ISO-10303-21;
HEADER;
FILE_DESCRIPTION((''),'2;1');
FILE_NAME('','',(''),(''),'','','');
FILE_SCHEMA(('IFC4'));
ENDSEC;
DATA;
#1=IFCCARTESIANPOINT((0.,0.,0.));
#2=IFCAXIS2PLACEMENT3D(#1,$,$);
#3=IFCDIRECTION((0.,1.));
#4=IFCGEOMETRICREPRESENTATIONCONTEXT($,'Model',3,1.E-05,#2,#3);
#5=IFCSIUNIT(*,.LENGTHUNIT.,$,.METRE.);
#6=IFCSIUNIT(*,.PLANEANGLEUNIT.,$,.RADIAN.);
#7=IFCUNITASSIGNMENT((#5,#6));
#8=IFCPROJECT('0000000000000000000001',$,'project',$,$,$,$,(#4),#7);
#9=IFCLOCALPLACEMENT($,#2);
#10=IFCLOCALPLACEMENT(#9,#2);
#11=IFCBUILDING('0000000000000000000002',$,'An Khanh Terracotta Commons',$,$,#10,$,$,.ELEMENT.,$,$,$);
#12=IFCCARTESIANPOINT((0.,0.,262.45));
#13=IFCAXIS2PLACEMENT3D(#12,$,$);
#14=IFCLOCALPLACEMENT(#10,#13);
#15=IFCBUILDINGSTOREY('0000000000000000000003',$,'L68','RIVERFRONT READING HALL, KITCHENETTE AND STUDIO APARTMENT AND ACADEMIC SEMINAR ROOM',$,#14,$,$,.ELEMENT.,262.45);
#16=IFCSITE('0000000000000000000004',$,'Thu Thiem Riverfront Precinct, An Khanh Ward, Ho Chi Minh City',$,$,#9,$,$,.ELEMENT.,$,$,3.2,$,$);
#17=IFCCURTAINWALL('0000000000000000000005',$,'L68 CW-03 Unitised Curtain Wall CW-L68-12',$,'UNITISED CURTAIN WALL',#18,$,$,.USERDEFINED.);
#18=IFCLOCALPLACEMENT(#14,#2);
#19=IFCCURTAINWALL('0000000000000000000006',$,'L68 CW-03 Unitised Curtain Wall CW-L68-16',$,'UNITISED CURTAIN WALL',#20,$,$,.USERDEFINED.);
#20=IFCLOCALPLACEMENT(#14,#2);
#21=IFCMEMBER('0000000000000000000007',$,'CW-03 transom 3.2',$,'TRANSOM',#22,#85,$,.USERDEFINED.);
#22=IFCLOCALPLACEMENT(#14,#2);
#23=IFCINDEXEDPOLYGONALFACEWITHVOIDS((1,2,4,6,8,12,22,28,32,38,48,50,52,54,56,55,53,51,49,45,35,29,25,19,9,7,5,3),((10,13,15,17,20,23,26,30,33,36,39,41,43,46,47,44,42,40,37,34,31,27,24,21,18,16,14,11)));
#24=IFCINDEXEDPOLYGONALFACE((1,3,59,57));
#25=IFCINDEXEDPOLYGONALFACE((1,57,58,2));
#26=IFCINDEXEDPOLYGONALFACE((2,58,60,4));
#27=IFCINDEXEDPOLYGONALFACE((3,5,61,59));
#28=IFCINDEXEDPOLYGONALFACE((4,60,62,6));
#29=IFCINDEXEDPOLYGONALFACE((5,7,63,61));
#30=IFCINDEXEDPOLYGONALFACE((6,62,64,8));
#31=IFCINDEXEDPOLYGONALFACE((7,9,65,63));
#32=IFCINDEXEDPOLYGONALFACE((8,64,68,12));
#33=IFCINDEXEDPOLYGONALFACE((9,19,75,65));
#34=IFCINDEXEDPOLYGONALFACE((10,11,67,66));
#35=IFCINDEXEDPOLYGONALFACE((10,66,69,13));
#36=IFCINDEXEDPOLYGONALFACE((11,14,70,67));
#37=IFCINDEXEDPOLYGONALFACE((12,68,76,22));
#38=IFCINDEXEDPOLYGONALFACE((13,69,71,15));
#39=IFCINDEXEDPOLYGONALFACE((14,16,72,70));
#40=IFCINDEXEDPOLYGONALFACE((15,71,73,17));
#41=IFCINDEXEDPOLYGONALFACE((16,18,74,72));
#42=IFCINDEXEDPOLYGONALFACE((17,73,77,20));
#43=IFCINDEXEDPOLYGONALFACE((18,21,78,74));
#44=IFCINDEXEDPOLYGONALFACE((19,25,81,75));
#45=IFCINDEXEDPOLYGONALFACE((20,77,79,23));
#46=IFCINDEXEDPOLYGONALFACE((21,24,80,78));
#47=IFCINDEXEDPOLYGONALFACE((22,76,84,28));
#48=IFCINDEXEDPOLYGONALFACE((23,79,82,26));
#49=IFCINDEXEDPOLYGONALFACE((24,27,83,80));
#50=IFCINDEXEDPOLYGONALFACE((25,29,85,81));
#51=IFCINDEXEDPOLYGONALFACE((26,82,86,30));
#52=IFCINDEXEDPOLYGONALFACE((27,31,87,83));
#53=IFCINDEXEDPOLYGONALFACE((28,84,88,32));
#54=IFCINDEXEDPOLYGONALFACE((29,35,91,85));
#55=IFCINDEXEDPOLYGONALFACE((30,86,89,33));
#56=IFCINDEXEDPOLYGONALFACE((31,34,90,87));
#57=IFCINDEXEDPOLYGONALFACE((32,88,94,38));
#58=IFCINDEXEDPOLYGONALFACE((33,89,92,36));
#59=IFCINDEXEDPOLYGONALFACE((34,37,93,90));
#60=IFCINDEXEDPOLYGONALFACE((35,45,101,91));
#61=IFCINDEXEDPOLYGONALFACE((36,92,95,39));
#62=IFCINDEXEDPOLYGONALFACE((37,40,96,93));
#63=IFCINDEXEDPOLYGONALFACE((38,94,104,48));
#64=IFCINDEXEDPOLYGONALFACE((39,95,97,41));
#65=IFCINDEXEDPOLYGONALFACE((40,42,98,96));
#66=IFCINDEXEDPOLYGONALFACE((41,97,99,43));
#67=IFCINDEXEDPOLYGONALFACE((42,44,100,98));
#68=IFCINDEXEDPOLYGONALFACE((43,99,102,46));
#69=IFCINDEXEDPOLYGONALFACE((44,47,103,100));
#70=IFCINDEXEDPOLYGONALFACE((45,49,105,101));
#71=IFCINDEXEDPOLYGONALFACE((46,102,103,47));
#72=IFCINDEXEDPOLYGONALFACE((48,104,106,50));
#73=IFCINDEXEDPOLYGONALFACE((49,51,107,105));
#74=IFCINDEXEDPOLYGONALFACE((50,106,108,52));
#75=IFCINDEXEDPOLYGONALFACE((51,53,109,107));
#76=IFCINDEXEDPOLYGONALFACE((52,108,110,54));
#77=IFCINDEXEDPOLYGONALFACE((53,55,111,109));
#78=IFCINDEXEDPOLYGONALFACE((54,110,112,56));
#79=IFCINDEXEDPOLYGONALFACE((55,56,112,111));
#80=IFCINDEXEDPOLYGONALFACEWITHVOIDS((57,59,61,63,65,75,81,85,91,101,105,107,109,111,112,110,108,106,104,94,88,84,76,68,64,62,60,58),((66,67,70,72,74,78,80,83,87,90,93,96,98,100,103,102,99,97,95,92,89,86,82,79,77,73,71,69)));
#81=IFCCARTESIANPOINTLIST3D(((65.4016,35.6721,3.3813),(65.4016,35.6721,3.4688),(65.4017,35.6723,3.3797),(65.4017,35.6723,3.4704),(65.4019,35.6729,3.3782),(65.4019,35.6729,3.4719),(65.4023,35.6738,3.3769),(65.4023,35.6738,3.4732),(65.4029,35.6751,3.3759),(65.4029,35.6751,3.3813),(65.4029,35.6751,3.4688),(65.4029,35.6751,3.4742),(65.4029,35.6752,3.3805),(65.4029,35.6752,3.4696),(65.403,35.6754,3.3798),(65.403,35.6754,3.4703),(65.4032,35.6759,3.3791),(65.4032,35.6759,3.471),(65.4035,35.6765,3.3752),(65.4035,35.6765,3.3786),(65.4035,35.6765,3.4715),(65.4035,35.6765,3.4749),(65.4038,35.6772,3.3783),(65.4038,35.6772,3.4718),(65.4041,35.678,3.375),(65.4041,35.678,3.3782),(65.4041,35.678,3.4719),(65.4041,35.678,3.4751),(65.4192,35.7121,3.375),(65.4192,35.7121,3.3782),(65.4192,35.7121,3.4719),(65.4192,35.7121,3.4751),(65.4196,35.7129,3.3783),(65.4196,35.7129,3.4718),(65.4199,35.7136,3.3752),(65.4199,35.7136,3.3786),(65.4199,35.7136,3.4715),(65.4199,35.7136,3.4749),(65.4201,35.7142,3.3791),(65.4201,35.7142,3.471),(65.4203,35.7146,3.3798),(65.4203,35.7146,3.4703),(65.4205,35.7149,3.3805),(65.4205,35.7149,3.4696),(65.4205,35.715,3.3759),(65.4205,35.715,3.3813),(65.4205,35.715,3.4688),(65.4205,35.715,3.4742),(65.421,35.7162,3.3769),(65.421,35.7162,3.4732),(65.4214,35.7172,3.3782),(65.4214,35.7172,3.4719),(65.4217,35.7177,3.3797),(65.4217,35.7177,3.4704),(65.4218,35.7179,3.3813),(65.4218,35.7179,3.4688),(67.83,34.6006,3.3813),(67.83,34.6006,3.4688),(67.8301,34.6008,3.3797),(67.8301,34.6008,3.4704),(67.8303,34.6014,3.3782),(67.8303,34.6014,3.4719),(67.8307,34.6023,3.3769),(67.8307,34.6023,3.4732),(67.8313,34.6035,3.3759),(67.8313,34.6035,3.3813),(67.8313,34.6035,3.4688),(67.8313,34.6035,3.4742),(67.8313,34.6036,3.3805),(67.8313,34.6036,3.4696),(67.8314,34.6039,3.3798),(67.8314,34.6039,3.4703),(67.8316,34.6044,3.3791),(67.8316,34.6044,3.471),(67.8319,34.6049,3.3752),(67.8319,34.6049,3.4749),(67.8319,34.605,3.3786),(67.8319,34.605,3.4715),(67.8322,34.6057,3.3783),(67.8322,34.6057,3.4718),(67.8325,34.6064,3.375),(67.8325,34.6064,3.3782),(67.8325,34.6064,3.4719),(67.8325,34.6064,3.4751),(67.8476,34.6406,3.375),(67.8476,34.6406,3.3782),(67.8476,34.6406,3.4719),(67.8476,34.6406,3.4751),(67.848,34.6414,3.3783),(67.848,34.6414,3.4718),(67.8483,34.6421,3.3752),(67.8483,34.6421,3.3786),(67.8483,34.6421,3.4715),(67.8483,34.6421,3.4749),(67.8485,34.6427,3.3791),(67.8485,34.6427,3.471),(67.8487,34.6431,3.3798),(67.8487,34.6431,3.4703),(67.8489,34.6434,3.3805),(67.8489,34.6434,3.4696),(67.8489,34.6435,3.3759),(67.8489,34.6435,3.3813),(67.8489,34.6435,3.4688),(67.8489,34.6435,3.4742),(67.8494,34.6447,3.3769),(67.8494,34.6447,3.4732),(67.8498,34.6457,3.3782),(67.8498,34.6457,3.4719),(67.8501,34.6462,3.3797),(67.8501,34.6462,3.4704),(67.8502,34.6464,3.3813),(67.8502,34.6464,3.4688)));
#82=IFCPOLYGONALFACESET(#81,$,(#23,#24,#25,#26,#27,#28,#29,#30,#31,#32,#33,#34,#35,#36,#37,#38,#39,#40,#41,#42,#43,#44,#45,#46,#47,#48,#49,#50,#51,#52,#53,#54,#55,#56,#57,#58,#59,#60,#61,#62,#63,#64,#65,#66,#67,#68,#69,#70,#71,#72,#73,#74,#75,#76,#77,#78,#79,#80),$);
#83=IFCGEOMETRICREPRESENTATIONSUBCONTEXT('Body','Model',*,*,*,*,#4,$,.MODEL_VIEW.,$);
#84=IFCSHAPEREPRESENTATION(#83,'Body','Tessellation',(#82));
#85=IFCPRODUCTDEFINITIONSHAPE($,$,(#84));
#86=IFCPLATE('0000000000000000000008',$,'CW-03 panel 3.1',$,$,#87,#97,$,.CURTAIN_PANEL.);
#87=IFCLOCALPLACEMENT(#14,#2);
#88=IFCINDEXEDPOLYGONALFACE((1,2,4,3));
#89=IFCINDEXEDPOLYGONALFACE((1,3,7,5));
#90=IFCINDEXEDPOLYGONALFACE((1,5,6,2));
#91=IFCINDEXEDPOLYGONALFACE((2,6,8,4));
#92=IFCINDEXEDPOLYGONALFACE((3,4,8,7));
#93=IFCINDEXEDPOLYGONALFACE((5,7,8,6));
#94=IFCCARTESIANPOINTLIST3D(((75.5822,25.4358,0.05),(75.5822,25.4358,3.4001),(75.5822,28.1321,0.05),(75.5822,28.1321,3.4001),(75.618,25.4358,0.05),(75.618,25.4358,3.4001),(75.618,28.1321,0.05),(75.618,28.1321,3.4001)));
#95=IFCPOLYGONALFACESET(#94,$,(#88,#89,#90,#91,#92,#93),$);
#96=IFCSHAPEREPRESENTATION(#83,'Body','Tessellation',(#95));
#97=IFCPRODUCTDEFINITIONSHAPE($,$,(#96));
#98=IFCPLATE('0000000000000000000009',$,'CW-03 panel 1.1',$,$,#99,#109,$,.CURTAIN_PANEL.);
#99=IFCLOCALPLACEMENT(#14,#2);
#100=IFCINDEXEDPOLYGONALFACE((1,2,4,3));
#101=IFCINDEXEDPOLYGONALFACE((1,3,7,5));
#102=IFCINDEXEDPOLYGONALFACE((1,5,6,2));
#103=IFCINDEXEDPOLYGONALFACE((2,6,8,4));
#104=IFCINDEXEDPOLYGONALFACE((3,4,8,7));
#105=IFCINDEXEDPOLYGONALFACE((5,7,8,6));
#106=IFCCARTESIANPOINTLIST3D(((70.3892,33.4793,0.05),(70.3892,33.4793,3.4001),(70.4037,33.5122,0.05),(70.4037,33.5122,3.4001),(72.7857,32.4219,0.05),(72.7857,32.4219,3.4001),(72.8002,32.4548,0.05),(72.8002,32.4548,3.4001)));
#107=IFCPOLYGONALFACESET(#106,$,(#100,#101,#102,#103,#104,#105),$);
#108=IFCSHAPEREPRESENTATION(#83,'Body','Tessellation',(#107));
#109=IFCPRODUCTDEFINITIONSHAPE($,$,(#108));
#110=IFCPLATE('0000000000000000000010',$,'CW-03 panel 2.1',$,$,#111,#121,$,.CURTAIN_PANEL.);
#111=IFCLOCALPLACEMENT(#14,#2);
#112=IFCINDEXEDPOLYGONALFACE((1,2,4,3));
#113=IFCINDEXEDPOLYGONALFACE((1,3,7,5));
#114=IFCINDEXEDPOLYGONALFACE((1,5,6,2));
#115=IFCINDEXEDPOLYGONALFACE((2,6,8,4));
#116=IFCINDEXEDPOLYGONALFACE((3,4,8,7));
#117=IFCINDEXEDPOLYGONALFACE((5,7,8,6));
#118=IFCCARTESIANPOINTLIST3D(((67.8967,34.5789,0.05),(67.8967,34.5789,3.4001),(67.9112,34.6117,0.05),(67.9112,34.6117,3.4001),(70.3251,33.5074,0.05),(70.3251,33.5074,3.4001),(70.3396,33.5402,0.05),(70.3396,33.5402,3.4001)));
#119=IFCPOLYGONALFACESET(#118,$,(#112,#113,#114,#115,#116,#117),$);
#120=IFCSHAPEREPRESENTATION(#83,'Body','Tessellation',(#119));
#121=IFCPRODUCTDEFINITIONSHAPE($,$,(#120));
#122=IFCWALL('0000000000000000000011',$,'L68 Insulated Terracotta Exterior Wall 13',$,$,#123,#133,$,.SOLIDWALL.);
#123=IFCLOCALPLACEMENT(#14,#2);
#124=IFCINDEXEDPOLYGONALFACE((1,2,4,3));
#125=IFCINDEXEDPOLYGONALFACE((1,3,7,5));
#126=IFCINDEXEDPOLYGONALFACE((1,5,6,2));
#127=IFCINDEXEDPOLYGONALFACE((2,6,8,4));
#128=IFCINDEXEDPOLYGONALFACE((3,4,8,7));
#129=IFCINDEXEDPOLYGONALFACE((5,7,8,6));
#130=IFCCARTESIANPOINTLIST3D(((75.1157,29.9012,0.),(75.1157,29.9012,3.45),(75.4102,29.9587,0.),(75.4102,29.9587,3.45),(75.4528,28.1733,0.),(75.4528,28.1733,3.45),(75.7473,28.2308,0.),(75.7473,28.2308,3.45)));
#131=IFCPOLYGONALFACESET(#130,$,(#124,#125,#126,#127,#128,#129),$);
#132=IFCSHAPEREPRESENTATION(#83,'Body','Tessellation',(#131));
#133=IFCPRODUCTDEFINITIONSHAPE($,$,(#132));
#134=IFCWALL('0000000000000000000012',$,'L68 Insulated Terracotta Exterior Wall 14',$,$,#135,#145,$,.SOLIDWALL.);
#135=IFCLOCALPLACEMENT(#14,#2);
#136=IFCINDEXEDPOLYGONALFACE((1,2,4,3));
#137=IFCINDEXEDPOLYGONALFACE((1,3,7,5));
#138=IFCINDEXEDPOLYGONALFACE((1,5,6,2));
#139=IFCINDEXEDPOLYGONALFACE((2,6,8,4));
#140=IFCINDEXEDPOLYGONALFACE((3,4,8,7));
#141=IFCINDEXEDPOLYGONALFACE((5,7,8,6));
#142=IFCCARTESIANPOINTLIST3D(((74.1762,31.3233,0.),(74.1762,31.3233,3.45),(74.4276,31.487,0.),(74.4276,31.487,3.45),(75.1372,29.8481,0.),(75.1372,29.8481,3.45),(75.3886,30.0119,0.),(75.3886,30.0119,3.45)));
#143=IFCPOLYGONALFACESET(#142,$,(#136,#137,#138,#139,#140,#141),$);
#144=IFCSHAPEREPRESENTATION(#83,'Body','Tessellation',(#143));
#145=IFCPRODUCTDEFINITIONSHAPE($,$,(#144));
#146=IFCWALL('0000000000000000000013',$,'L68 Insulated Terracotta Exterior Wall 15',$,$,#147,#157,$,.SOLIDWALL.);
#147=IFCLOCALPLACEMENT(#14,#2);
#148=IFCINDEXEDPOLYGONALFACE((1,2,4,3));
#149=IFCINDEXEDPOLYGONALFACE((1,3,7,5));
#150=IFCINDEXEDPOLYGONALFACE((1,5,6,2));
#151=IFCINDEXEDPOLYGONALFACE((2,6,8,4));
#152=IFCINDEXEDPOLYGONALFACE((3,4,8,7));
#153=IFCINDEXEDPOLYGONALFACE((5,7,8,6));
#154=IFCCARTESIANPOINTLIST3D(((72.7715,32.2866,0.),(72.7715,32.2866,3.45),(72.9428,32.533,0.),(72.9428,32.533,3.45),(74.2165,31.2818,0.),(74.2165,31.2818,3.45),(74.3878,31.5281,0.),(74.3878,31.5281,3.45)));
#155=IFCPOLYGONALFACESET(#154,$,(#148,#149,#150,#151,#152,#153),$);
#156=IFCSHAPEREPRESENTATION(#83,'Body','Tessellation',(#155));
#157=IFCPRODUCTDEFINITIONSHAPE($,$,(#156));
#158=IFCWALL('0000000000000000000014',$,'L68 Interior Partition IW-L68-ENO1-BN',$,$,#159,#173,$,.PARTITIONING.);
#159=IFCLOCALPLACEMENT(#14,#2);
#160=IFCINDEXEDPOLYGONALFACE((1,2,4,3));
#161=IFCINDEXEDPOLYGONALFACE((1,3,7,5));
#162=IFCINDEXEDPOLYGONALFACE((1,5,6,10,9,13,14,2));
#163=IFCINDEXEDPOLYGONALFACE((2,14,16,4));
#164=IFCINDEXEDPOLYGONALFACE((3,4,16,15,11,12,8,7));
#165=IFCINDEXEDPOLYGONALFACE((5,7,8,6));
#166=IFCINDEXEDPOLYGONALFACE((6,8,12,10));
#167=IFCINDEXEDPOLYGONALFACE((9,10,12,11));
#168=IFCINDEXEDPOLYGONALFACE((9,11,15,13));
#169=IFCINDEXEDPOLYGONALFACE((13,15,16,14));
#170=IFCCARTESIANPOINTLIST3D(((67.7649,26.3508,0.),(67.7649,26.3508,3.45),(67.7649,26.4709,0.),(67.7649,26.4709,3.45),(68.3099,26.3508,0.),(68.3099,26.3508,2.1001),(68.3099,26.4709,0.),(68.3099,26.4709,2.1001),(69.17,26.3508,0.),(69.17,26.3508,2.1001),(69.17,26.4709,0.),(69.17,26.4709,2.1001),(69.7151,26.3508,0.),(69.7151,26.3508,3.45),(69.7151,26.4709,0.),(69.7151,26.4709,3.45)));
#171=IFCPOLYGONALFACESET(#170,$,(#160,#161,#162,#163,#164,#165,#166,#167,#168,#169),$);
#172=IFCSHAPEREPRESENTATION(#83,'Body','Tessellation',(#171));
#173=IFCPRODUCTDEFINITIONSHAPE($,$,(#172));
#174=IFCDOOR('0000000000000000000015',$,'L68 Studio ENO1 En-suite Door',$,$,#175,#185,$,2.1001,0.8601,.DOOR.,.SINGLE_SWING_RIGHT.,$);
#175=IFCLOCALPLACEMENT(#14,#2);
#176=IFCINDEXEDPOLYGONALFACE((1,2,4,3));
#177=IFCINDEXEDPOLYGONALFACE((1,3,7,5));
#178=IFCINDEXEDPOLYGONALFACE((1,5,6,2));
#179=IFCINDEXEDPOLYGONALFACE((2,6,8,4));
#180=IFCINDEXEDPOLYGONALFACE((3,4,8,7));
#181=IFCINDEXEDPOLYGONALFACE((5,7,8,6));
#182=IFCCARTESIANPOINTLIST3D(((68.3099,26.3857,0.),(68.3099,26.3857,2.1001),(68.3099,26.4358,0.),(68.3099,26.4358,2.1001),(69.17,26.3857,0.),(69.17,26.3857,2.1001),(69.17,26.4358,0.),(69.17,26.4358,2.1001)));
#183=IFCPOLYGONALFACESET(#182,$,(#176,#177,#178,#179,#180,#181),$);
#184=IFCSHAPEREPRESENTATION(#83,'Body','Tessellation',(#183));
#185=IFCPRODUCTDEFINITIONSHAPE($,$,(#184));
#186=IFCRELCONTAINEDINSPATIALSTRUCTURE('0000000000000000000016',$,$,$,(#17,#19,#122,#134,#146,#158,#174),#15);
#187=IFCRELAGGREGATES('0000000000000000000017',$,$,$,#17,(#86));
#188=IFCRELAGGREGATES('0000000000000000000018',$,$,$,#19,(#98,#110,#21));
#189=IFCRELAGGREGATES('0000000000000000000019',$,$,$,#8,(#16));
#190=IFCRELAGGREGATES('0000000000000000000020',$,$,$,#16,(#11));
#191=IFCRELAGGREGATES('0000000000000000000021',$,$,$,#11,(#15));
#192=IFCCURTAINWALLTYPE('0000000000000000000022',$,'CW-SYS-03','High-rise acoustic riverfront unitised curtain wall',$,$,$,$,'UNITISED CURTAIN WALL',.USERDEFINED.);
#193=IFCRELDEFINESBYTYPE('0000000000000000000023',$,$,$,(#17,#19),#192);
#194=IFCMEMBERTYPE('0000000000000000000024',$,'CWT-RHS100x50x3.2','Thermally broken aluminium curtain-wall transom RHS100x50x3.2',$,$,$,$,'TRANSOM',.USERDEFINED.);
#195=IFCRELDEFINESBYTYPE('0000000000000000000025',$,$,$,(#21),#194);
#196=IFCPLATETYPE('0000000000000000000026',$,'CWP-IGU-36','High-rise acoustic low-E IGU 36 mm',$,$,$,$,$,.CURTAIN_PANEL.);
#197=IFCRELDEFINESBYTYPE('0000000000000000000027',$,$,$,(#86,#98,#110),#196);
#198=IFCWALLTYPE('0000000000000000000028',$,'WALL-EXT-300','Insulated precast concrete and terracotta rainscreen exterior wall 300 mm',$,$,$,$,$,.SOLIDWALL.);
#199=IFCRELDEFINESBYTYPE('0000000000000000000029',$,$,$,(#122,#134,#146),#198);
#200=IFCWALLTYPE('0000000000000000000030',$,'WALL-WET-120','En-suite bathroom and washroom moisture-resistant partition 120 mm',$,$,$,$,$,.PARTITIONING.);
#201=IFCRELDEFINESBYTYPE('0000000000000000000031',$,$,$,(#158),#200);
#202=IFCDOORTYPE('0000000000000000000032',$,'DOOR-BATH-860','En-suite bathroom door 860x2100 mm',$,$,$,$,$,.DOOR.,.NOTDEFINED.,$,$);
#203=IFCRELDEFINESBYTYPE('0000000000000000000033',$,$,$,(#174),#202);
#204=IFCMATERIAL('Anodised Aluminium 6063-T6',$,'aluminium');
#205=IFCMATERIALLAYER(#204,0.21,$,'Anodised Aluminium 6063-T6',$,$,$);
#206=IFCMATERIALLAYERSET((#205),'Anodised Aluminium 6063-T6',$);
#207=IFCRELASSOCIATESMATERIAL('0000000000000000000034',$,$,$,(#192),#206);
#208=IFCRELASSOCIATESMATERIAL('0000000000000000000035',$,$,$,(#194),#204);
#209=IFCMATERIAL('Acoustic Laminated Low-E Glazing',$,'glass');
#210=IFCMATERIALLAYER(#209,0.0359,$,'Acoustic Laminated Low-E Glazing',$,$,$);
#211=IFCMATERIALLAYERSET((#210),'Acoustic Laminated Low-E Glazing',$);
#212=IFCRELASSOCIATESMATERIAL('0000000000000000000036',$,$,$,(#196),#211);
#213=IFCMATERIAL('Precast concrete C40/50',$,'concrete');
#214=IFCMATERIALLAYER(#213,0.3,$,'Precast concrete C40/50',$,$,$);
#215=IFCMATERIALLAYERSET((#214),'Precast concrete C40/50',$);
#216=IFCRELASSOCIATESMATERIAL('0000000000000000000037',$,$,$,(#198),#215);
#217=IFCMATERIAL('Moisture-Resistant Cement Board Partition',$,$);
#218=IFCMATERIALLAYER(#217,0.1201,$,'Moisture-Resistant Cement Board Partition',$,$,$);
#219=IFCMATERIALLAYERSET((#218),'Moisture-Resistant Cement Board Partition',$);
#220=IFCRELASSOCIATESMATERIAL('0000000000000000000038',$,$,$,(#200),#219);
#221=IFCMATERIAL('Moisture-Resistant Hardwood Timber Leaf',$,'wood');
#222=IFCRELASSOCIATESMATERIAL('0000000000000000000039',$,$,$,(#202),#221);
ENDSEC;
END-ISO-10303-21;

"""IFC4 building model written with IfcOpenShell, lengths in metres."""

from ifc_helpers import new_model, si_unit, direction, frame, frame_2d, origin, origin_2d, place, context, subcontext, project, spatial, rectangle, hollow_rectangle, extrude, material, layer, layer_set, material_profile, profile_set, type_object, element, fill, aggregate, save


model = new_model("IFC4")

# Units and contexts
model_context = context("Model", 3, precision=1e-05, world=origin(), true_north=direction((0.0, 1.0)))
body_context = subcontext(model_context, "Body", "Model", "MODEL_VIEW")
ifc_project = project(units=[si_unit("LENGTHUNIT", "METRE"), si_unit("PLANEANGLEUNIT", "RADIAN")], contexts=[model_context])

# Site, building, storey
site_placement = place(None, origin())
site = spatial("IfcSite", under=ifc_project, at=site_placement, Name="Thu Thiem Riverfront Precinct, An Khanh Ward, Ho Chi Minh City", CompositionType="ELEMENT", RefElevation=3.2)
building_placement = place(site_placement, origin())
building = spatial("IfcBuilding", under=site, at=building_placement, Name="An Khanh Terracotta Commons", CompositionType="ELEMENT")
storey_placement = place(building_placement, frame((0.0, 0.0, 262.45)))
storey = spatial("IfcBuildingStorey", under=building, at=storey_placement, Name="L68", Description="RIVERFRONT READING HALL, KITCHENETTE AND STUDIO APARTMENT AND ACADEMIC SEMINAR ROOM", CompositionType="ELEMENT", Elevation=262.45)

# Curtain walls
ifc_material_1 = material(Name="Anodised Aluminium 6063-T6", Category="aluminium")
ifc_layer_1 = layer(ifc_material_1, 0.21, Name="Anodised Aluminium 6063-T6")
ifc_layer_set_1 = layer_set([ifc_layer_1], Name="Anodised Aluminium 6063-T6")
curtain_wall_type = type_object("IfcCurtainWallType", Name="CW-SYS-03", Description="High-rise acoustic riverfront unitised curtain wall", ElementType="UNITISED CURTAIN WALL", PredefinedType="USERDEFINED", material=ifc_layer_set_1)
curtain_wall_1_placement = place(storey_placement, origin())
curtain_wall_1 = element("IfcCurtainWall", 1, at=curtain_wall_1_placement, inside=storey, type_object=curtain_wall_type, Name="L68 CW-03 Unitised Curtain Wall CW-L68-12", ObjectType="UNITISED CURTAIN WALL", PredefinedType="USERDEFINED")
curtain_wall_2_placement = place(storey_placement, origin())
curtain_wall_2 = element("IfcCurtainWall", 2, at=curtain_wall_2_placement, inside=storey, type_object=curtain_wall_type, Name="L68 CW-03 Unitised Curtain Wall CW-L68-16", ObjectType="UNITISED CURTAIN WALL", PredefinedType="USERDEFINED")

# Member
ifc_material_profile_1 = material_profile(ifc_material_1, hollow_rectangle(XDim=0.05, YDim=0.1001, WallThickness=0.0032, InnerFilletRadius=0.0032, OuterFilletRadius=0.0063, at=origin_2d()), Name="RHS100x50x3.2")
ifc_profile_set_1 = profile_set([ifc_material_profile_1], Name="Anodised Aluminium 6063-T6")
member_type_1 = type_object("IfcMemberType", Name="CWT-RHS100x50x3.2", Description="Thermally broken aluminium curtain-wall transom RHS100x50x3.2", ElementType="TRANSOM", PredefinedType="USERDEFINED", material=ifc_profile_set_1)
member_1_placement = place(storey_placement, frame((67.8401, 34.6235, 3.425), z_axis=(-0.914897, 0.403688, 0.0), x_axis=(-0.403688, -0.914897, 0.0)))
member_1 = element("IfcMember", 3, at=member_1_placement, type_object=member_type_1, Name="CW-03 transom 3.2", ObjectType="TRANSOM", PredefinedType="USERDEFINED", context=body_context, shape_type="SweptSolid", body=[
    extrude(hollow_rectangle(XDim=0.05, YDim=0.1001, WallThickness=0.0032, InnerFilletRadius=0.0032, OuterFilletRadius=0.0063, at=origin_2d()), origin(), (0.0, 0.0, 1.0), 2.6543),
])

# Plates
ifc_material_2 = material(Name="Acoustic Laminated Low-E Glazing", Category="glass")
ifc_layer_2 = layer(ifc_material_2, 0.0359, Name="Acoustic Laminated Low-E Glazing")
ifc_layer_set_2 = layer_set([ifc_layer_2], Name="Acoustic Laminated Low-E Glazing")
plate_type = type_object("IfcPlateType", Name="CWP-IGU-36", Description="High-rise acoustic low-E IGU 36 mm", PredefinedType="CURTAIN_PANEL", material=ifc_layer_set_2)
plate_1_placement = place(storey_placement, frame((75.6001, 26.7839, 0.05), z_axis=(0.0, 0.0, 1.0), x_axis=(0.0, 1.0, 0.0)))
plate_1 = element("IfcPlate", 4, at=plate_1_placement, type_object=plate_type, Name="CW-03 panel 3.1", PredefinedType="CURTAIN_PANEL", context=body_context, shape_type="SweptSolid", body=[
    extrude(rectangle(XDim=2.6963, YDim=0.0359, at=origin_2d()), origin(), (0.0, 0.0, 1.0), 3.3501),
])
aggregate(curtain_wall_1, [plate_1])
plate_2_placement = place(storey_placement, frame((71.5947, 32.967, 0.05), z_axis=(0.0, 0.0, 1.0), x_axis=(-0.914902, 0.403676, 0.0)))
plate_2 = element("IfcPlate", 5, at=plate_2_placement, type_object=plate_type, Name="CW-03 panel 1.1", PredefinedType="CURTAIN_PANEL", context=body_context, shape_type="SweptSolid", body=[
    extrude(rectangle(XDim=2.6194, YDim=0.0359, at=origin_2d()), origin(), (0.0, 0.0, 1.0), 3.3501),
])
plate_3_placement = place(storey_placement, frame((69.1182, 34.0596, 0.05), z_axis=(0.0, 0.0, 1.0), x_axis=(-0.914902, 0.403676, 0.0)))
plate_3 = element("IfcPlate", 6, at=plate_3_placement, type_object=plate_type, Name="CW-03 panel 2.1", PredefinedType="CURTAIN_PANEL", context=body_context, shape_type="SweptSolid", body=[
    extrude(rectangle(XDim=2.6543, YDim=0.0359, at=origin_2d()), origin(), (0.0, 0.0, 1.0), 3.3501),
])
aggregate(curtain_wall_2, [plate_2, plate_3, member_1])

# Walls
ifc_material_3 = material(Name="Precast concrete C40/50", Category="concrete")
ifc_layer_3 = layer(ifc_material_3, 0.3, Name="Precast concrete C40/50")
ifc_layer_set_3 = layer_set([ifc_layer_3], Name="Precast concrete C40/50")
wall_type_1 = type_object("IfcWallType", Name="WALL-EXT-300", Description="Insulated precast concrete and terracotta rainscreen exterior wall 300 mm", PredefinedType="SOLIDWALL", material=ifc_layer_set_3)
for number, where, z_axis, x_axis, name in (
    (7, (75.6001, 28.2019, 0.0), (0.0, 0.0, 1.0), (-0.191501, 0.981492, 0.0), "L68 Insulated Terracotta Exterior Wall 13"),
    (8, (75.2629, 29.9299, 0.0), (0.0, 0.0, 1.0), (-0.545836, 0.837892, 0.0), "L68 Insulated Terracotta Exterior Wall 14"),
):
    element("IfcWall", number, at=place(storey_placement, frame(where, z_axis=z_axis, x_axis=x_axis)), inside=storey, type_object=wall_type_1, Name=name, PredefinedType="SOLIDWALL", context=body_context, shape_type="SweptSolid", body=[
        extrude(rectangle(XDim=1.7605, YDim=0.3, at=frame_2d((0.8804, 0.0))), origin(), (0.0, 0.0, 1.0), 3.45),
    ])
wall_1_placement = place(storey_placement, frame((74.302, 31.405, 0.0), z_axis=(0.0, 0.0, 1.0), x_axis=(-0.821007, 0.570918, 0.0)))
element("IfcWall", 9, at=wall_1_placement, inside=storey, type_object=wall_type_1, Name="L68 Insulated Terracotta Exterior Wall 15", PredefinedType="SOLIDWALL", context=body_context, shape_type="SweptSolid", body=[
    extrude(rectangle(XDim=1.76, YDim=0.3, at=frame_2d((0.8799, 0.0))), origin(), (0.0, 0.0, 1.0), 3.45),
])

# Wall, opening, door
ifc_material_4 = material(Name="Moisture-Resistant Cement Board Partition")
ifc_layer_4 = layer(ifc_material_4, 0.1201, Name="Moisture-Resistant Cement Board Partition")
ifc_layer_set_4 = layer_set([ifc_layer_4], Name="Moisture-Resistant Cement Board Partition")
wall_type_2 = type_object("IfcWallType", Name="WALL-WET-120", Description="En-suite bathroom and washroom moisture-resistant partition 120 mm", PredefinedType="PARTITIONING", material=ifc_layer_set_4)
wall_2_placement = place(storey_placement, frame((67.7649, 26.4109, 0.0), z_axis=(0.0, 0.0, 1.0), x_axis=(1.0, 0.0, 0.0)))
wall_2 = element("IfcWall", 10, at=wall_2_placement, inside=storey, type_object=wall_type_2, Name="L68 Interior Partition IW-L68-ENO1-BN", PredefinedType="PARTITIONING", context=body_context, shape_type="SweptSolid", body=[
    extrude(rectangle(XDim=1.9502, YDim=0.1201, at=frame_2d((0.9751, 0.0))), origin(), (0.0, 0.0, 1.0), 3.45),
])
opening_placement = place(wall_2_placement, frame((0.5449, 0.0, 0.0)))
opening = element("IfcOpeningElement", 11, at=opening_placement, cuts=wall_2, PredefinedType="OPENING", context=body_context, shape_type="SweptSolid", body=[
    extrude(rectangle(XDim=0.8601, YDim=2.1001, at=frame_2d((0.4302, 1.05))), frame((0.0, 0.0701, 0.0), z_axis=(0.0, -1.0, 0.0), x_axis=(1.0, 0.0, 0.0)), (0.0, 0.0, 1.0), 0.1401),
])
ifc_material_5 = material(Name="Moisture-Resistant Hardwood Timber Leaf", Category="wood")
door_type = type_object("IfcDoorType", Name="DOOR-BATH-860", Description="En-suite bathroom door 860x2100 mm", OperationType="NOTDEFINED", PredefinedType="DOOR", material=ifc_material_5)
door_placement = place(opening_placement, origin())
door = element("IfcDoor", 12, at=door_placement, inside=storey, type_object=door_type, Name="L68 Studio ENO1 En-suite Door", OperationType="SINGLE_SWING_RIGHT", OverallHeight=2.1001, OverallWidth=0.8601, PredefinedType="DOOR", context=body_context, shape_type="SweptSolid", body=[
    extrude(rectangle(XDim=0.8601, YDim=2.1001, at=frame_2d((0.4302, 1.05))), frame((0.0, 0.0249, 0.0), z_axis=(0.0, -1.0, 0.0), x_axis=(1.0, 0.0, 0.0)), (0.0, 0.0, 1.0), 0.05),
])
fill(opening, door)

save(model, "model.ifc")
